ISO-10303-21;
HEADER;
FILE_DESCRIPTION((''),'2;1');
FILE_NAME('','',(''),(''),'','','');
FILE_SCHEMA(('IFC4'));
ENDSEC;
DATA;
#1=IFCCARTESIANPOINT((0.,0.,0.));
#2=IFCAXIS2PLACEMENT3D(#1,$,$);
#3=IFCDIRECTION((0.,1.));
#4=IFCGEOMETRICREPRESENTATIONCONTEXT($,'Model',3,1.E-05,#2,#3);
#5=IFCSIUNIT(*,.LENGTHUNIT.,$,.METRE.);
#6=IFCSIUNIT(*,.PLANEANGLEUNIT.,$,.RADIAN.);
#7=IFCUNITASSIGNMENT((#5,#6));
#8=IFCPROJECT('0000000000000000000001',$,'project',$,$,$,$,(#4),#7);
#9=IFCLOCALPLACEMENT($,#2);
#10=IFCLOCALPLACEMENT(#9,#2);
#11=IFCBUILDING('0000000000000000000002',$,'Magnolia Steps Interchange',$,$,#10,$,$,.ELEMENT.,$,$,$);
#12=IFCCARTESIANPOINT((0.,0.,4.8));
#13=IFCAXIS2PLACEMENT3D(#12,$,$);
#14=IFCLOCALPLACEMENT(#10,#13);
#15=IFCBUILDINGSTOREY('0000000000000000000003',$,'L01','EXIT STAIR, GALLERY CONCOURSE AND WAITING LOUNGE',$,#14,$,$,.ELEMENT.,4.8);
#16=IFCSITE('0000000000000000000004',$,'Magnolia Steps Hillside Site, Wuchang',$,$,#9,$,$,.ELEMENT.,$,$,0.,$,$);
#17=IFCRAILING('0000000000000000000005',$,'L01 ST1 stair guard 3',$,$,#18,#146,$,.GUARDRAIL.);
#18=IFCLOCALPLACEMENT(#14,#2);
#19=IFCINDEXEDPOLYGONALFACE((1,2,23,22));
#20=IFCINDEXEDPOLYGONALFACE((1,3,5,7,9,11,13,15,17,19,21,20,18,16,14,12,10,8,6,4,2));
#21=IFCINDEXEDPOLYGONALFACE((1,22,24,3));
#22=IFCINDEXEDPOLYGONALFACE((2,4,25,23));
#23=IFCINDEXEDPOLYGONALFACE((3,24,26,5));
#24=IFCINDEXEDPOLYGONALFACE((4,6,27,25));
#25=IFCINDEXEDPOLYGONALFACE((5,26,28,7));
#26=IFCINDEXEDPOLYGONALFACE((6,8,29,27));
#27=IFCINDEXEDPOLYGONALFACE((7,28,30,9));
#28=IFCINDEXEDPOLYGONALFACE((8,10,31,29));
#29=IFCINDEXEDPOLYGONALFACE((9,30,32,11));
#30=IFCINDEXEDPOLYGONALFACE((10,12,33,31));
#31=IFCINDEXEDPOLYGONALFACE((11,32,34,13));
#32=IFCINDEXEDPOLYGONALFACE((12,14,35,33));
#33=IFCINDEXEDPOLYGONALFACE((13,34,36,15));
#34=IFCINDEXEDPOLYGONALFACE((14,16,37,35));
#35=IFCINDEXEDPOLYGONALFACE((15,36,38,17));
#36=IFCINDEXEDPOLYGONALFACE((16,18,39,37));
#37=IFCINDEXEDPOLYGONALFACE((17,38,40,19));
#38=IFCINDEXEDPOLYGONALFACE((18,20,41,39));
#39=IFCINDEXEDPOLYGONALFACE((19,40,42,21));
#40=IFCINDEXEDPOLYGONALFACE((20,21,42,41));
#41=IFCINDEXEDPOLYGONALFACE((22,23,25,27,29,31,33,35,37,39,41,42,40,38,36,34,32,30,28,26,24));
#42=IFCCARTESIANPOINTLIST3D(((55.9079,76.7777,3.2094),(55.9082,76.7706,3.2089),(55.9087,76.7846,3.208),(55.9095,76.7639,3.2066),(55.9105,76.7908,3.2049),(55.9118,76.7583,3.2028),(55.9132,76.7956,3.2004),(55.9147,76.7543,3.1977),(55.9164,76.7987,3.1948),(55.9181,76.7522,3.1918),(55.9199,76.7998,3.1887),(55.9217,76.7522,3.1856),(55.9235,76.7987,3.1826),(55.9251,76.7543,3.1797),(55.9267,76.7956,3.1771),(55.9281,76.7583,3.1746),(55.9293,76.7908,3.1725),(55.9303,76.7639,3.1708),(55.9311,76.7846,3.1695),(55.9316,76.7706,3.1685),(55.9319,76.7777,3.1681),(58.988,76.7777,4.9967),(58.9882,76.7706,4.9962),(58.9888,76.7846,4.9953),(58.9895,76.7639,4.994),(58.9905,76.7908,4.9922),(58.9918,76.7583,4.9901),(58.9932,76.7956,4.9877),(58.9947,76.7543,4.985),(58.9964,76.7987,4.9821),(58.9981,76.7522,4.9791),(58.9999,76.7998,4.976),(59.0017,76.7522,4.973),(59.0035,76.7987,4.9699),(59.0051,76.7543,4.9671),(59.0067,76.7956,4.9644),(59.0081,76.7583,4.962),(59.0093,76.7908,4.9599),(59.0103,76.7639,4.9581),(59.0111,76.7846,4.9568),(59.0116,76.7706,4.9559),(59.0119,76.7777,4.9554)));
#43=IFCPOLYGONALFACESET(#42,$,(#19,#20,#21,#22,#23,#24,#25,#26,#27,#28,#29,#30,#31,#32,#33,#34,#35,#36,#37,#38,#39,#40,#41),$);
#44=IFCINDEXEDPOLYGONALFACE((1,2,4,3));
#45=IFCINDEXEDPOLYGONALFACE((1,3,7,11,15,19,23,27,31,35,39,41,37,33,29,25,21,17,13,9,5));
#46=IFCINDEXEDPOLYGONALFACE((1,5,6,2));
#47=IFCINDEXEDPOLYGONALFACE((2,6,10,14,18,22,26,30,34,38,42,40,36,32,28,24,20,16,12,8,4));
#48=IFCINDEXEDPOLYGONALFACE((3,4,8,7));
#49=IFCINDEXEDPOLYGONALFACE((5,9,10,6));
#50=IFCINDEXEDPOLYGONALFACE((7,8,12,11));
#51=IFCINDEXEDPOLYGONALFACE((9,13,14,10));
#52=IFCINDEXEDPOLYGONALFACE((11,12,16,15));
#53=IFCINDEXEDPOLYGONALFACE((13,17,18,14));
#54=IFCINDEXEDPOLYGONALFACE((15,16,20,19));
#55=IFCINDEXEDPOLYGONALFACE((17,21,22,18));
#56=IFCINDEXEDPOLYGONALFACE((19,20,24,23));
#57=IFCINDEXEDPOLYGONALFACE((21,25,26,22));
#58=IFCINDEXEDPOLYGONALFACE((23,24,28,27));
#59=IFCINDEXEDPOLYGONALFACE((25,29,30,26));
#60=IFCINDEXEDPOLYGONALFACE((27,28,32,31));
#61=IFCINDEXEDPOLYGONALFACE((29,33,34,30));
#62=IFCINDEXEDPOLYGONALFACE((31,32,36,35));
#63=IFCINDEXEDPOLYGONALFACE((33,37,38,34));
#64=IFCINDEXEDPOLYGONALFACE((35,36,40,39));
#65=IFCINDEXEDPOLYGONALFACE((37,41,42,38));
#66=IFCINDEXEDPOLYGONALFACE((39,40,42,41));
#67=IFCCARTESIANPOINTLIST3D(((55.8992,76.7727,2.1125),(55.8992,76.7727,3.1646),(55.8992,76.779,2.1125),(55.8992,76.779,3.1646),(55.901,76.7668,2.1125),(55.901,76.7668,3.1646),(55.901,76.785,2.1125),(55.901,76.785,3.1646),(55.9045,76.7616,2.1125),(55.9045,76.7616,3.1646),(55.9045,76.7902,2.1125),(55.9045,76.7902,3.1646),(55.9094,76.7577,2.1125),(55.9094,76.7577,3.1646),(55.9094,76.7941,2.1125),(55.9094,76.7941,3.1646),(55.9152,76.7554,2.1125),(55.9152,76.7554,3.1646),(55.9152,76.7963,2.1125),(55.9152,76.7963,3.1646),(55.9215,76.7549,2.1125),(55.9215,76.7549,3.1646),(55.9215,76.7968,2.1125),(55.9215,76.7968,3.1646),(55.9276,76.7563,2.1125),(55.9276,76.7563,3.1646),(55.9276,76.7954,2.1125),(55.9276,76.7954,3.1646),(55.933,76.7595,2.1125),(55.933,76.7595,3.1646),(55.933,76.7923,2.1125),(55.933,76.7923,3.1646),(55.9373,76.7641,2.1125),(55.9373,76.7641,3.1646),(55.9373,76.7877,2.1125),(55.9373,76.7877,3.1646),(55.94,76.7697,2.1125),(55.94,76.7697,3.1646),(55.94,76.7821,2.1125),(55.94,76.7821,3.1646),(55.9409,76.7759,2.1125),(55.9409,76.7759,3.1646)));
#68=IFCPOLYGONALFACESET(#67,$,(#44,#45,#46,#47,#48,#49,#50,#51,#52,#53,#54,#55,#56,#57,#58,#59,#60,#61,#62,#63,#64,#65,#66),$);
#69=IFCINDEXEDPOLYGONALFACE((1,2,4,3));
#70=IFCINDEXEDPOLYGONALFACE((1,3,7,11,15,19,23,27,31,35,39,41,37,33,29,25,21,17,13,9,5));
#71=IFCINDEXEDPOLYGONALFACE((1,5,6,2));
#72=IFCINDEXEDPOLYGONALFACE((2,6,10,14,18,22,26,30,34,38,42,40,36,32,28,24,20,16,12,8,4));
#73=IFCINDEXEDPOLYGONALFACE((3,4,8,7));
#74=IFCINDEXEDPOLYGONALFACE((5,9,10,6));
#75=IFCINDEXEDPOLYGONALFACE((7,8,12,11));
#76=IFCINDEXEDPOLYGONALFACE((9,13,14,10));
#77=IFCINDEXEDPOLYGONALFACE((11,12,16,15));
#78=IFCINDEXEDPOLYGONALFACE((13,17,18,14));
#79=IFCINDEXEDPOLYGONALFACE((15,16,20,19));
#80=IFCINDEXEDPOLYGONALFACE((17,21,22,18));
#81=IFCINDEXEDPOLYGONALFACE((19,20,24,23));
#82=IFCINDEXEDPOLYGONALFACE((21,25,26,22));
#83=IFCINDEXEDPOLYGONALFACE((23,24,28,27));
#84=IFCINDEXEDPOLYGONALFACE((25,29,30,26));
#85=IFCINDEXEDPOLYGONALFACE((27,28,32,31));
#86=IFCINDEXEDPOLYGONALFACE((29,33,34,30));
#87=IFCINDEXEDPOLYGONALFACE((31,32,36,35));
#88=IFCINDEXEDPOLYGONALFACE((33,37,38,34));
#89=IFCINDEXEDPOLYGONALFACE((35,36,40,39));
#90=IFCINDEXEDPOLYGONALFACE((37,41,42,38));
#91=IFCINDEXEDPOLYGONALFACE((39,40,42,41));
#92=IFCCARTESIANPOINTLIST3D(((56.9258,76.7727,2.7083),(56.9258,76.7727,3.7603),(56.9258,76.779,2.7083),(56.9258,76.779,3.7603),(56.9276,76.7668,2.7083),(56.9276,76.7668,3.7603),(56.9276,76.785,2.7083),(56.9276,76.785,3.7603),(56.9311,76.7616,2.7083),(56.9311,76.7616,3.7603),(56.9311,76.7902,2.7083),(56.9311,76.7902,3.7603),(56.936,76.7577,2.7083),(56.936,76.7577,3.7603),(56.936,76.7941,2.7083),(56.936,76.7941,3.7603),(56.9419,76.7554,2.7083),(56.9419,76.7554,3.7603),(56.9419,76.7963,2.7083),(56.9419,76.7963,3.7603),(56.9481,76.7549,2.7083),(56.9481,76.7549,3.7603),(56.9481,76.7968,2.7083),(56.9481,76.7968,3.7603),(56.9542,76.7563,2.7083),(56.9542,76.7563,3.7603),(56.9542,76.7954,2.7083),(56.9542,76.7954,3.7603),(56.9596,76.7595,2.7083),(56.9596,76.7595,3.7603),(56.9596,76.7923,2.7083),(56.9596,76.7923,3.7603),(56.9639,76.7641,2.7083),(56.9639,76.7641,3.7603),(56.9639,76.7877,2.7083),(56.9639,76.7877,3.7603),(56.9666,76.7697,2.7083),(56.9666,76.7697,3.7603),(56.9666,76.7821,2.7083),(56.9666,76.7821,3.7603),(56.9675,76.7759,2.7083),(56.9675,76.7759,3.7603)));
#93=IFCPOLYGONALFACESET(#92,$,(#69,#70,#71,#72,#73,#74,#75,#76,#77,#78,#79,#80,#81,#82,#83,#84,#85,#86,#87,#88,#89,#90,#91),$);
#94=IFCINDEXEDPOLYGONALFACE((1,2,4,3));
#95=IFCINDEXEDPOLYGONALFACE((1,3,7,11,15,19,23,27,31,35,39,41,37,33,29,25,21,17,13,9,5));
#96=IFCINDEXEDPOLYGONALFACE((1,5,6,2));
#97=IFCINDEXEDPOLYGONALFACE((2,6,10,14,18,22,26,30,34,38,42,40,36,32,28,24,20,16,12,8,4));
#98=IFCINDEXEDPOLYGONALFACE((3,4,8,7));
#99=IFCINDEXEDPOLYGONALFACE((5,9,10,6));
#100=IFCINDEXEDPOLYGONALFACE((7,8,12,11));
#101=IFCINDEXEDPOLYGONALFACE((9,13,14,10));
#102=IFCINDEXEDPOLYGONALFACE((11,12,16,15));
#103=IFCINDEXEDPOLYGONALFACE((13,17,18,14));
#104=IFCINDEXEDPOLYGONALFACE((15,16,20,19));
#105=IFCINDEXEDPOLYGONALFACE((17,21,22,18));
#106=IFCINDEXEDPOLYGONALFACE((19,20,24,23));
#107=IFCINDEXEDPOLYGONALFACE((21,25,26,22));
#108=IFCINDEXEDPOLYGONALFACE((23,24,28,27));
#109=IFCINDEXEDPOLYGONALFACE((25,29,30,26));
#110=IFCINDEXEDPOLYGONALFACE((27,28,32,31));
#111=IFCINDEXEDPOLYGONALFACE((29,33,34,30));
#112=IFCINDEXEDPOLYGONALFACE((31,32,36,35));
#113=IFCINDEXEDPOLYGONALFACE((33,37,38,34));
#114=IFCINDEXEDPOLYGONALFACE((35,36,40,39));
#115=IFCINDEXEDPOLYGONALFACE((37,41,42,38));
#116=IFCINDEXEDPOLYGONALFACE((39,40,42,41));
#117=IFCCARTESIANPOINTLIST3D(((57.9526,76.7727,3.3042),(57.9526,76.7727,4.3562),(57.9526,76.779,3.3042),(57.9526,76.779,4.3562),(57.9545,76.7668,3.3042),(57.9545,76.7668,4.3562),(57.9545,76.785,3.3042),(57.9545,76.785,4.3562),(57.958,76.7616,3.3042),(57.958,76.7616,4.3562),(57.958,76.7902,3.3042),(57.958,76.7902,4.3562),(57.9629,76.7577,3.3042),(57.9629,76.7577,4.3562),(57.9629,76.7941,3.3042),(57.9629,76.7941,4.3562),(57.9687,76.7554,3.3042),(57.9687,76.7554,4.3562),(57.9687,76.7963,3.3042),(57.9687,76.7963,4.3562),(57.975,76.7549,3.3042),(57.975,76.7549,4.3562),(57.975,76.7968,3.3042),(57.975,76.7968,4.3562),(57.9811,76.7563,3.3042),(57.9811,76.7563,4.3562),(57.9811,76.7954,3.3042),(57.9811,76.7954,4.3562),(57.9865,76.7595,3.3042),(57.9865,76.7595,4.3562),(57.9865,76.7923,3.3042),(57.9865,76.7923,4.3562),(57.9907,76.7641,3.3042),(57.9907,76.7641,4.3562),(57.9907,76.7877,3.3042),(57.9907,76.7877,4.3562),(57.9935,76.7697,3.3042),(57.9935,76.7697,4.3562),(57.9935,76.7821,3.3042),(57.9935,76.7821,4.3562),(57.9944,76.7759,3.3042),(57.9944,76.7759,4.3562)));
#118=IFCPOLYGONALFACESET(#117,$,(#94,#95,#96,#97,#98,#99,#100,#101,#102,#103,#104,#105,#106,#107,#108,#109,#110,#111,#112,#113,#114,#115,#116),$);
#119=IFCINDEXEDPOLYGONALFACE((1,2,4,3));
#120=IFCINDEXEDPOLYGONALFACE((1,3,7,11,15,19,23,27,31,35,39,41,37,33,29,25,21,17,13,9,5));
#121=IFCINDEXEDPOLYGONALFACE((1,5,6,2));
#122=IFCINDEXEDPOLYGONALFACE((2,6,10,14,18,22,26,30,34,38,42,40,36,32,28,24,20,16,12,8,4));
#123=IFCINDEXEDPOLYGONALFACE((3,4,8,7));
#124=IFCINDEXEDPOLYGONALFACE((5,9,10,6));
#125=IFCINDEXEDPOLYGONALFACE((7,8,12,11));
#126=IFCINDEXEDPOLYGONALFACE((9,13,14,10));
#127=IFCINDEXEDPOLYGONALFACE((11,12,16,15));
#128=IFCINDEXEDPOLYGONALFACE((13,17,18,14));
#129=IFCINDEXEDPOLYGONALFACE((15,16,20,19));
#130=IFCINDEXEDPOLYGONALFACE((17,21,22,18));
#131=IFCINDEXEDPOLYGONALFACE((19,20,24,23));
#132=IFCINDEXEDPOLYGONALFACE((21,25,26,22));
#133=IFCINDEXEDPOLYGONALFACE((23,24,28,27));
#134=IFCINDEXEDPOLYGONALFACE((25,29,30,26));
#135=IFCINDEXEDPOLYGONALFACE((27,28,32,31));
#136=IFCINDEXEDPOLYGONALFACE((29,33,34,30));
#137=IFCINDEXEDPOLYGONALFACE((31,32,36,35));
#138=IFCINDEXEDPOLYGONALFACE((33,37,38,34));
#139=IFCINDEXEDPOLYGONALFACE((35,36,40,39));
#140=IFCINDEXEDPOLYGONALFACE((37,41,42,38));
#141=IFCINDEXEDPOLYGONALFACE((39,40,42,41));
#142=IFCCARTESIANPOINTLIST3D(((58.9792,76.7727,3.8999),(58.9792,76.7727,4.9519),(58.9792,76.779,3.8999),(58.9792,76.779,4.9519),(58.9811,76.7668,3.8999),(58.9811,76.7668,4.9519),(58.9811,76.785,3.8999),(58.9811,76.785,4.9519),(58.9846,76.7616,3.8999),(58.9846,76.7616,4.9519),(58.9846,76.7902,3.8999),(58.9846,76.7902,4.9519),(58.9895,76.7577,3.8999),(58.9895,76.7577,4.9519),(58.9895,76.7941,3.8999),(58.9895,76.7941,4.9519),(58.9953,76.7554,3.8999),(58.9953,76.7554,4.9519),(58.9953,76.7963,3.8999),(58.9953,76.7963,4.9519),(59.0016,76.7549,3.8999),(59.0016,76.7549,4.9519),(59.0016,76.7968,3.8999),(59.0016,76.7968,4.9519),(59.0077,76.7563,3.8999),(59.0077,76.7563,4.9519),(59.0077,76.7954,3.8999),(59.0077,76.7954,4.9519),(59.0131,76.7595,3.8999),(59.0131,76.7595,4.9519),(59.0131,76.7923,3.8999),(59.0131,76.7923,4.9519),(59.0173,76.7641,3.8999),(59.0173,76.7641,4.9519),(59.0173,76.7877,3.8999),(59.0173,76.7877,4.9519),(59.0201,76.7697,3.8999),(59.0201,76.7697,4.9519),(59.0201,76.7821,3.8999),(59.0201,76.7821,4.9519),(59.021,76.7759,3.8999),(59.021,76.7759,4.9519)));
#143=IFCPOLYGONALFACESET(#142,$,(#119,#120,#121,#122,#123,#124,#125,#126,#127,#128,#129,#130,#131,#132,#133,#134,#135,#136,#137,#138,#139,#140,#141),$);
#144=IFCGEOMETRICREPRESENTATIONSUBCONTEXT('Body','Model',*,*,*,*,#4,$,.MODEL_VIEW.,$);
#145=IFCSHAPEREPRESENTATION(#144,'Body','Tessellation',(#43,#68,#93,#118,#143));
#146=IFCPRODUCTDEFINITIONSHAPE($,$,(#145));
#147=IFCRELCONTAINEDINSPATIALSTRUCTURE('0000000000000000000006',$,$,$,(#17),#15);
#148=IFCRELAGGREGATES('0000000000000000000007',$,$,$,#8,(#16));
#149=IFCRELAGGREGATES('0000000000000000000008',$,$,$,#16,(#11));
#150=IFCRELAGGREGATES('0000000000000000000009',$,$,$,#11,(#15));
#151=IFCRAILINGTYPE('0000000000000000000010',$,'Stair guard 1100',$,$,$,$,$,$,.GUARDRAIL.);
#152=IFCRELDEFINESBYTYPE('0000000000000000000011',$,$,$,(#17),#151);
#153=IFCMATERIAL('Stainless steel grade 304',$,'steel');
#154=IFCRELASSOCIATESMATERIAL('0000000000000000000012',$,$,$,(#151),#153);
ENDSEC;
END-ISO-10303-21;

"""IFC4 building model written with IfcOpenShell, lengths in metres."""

from ifc_helpers import new_model, si_unit, direction, frame, origin, origin_2d, place, context, subcontext, project, spatial, circle, extrude, material, type_object, element, save


model = new_model("IFC4")

# Units and contexts
model_context = context("Model", 3, precision=1e-05, world=origin(), true_north=direction((0.0, 1.0)))
body_context = subcontext(model_context, "Body", "Model", "MODEL_VIEW")
ifc_project = project(units=[si_unit("LENGTHUNIT", "METRE"), si_unit("PLANEANGLEUNIT", "RADIAN")], contexts=[model_context])

# Site, building, storey
site_placement = place(None, origin())
site = spatial("IfcSite", under=ifc_project, at=site_placement, Name="Magnolia Steps Hillside Site, Wuchang", CompositionType="ELEMENT", RefElevation=0.0)
building_placement = place(site_placement, origin())
building = spatial("IfcBuilding", under=site, at=building_placement, Name="Magnolia Steps Interchange", CompositionType="ELEMENT")
storey_placement = place(building_placement, frame((0.0, 0.0, 4.8)))
storey = spatial("IfcBuildingStorey", under=building, at=storey_placement, Name="L01", Description="EXIT STAIR, GALLERY CONCOURSE AND WAITING LOUNGE", CompositionType="ELEMENT", Elevation=4.8)

# Railing
ifc_material_1 = material(Name="Stainless steel grade 304", Category="steel")
railing_type_1 = type_object("IfcRailingType", Name="Stair guard 1100", PredefinedType="GUARDRAIL", material=ifc_material_1)
railing_1_placement = place(storey_placement, frame((55.9199, 76.7759, 2.1125)))
element("IfcRailing", 1, at=railing_1_placement, inside=storey, type_object=railing_type_1, Name="L01 ST1 stair guard 3", PredefinedType="GUARDRAIL", context=body_context, shape_type="SweptSolid", body=[
    extrude(circle(Radius=0.0239, at=origin_2d()), frame((0.0, 0.0, 1.0762), z_axis=(0.86492, 0.0, 0.501909), x_axis=(0.0, 1.0, 0.0)), (0.0, 0.0, 1.0), 3.561),
    extrude(circle(Radius=0.021, at=origin_2d()), origin(), (0.0, 0.0, 1.0), 1.052),
    extrude(circle(Radius=0.021, at=origin_2d()), frame((1.0266, 0.0, 0.5957)), (0.0, 0.0, 1.0), 1.052),
    extrude(circle(Radius=0.021, at=origin_2d()), frame((2.0535, 0.0, 1.1917)), (0.0, 0.0, 1.0), 1.052),
    extrude(circle(Radius=0.021, at=origin_2d()), frame((3.0801, 0.0, 1.7874)), (0.0, 0.0, 1.0), 1.052),
])

save(model, "model.ifc")
